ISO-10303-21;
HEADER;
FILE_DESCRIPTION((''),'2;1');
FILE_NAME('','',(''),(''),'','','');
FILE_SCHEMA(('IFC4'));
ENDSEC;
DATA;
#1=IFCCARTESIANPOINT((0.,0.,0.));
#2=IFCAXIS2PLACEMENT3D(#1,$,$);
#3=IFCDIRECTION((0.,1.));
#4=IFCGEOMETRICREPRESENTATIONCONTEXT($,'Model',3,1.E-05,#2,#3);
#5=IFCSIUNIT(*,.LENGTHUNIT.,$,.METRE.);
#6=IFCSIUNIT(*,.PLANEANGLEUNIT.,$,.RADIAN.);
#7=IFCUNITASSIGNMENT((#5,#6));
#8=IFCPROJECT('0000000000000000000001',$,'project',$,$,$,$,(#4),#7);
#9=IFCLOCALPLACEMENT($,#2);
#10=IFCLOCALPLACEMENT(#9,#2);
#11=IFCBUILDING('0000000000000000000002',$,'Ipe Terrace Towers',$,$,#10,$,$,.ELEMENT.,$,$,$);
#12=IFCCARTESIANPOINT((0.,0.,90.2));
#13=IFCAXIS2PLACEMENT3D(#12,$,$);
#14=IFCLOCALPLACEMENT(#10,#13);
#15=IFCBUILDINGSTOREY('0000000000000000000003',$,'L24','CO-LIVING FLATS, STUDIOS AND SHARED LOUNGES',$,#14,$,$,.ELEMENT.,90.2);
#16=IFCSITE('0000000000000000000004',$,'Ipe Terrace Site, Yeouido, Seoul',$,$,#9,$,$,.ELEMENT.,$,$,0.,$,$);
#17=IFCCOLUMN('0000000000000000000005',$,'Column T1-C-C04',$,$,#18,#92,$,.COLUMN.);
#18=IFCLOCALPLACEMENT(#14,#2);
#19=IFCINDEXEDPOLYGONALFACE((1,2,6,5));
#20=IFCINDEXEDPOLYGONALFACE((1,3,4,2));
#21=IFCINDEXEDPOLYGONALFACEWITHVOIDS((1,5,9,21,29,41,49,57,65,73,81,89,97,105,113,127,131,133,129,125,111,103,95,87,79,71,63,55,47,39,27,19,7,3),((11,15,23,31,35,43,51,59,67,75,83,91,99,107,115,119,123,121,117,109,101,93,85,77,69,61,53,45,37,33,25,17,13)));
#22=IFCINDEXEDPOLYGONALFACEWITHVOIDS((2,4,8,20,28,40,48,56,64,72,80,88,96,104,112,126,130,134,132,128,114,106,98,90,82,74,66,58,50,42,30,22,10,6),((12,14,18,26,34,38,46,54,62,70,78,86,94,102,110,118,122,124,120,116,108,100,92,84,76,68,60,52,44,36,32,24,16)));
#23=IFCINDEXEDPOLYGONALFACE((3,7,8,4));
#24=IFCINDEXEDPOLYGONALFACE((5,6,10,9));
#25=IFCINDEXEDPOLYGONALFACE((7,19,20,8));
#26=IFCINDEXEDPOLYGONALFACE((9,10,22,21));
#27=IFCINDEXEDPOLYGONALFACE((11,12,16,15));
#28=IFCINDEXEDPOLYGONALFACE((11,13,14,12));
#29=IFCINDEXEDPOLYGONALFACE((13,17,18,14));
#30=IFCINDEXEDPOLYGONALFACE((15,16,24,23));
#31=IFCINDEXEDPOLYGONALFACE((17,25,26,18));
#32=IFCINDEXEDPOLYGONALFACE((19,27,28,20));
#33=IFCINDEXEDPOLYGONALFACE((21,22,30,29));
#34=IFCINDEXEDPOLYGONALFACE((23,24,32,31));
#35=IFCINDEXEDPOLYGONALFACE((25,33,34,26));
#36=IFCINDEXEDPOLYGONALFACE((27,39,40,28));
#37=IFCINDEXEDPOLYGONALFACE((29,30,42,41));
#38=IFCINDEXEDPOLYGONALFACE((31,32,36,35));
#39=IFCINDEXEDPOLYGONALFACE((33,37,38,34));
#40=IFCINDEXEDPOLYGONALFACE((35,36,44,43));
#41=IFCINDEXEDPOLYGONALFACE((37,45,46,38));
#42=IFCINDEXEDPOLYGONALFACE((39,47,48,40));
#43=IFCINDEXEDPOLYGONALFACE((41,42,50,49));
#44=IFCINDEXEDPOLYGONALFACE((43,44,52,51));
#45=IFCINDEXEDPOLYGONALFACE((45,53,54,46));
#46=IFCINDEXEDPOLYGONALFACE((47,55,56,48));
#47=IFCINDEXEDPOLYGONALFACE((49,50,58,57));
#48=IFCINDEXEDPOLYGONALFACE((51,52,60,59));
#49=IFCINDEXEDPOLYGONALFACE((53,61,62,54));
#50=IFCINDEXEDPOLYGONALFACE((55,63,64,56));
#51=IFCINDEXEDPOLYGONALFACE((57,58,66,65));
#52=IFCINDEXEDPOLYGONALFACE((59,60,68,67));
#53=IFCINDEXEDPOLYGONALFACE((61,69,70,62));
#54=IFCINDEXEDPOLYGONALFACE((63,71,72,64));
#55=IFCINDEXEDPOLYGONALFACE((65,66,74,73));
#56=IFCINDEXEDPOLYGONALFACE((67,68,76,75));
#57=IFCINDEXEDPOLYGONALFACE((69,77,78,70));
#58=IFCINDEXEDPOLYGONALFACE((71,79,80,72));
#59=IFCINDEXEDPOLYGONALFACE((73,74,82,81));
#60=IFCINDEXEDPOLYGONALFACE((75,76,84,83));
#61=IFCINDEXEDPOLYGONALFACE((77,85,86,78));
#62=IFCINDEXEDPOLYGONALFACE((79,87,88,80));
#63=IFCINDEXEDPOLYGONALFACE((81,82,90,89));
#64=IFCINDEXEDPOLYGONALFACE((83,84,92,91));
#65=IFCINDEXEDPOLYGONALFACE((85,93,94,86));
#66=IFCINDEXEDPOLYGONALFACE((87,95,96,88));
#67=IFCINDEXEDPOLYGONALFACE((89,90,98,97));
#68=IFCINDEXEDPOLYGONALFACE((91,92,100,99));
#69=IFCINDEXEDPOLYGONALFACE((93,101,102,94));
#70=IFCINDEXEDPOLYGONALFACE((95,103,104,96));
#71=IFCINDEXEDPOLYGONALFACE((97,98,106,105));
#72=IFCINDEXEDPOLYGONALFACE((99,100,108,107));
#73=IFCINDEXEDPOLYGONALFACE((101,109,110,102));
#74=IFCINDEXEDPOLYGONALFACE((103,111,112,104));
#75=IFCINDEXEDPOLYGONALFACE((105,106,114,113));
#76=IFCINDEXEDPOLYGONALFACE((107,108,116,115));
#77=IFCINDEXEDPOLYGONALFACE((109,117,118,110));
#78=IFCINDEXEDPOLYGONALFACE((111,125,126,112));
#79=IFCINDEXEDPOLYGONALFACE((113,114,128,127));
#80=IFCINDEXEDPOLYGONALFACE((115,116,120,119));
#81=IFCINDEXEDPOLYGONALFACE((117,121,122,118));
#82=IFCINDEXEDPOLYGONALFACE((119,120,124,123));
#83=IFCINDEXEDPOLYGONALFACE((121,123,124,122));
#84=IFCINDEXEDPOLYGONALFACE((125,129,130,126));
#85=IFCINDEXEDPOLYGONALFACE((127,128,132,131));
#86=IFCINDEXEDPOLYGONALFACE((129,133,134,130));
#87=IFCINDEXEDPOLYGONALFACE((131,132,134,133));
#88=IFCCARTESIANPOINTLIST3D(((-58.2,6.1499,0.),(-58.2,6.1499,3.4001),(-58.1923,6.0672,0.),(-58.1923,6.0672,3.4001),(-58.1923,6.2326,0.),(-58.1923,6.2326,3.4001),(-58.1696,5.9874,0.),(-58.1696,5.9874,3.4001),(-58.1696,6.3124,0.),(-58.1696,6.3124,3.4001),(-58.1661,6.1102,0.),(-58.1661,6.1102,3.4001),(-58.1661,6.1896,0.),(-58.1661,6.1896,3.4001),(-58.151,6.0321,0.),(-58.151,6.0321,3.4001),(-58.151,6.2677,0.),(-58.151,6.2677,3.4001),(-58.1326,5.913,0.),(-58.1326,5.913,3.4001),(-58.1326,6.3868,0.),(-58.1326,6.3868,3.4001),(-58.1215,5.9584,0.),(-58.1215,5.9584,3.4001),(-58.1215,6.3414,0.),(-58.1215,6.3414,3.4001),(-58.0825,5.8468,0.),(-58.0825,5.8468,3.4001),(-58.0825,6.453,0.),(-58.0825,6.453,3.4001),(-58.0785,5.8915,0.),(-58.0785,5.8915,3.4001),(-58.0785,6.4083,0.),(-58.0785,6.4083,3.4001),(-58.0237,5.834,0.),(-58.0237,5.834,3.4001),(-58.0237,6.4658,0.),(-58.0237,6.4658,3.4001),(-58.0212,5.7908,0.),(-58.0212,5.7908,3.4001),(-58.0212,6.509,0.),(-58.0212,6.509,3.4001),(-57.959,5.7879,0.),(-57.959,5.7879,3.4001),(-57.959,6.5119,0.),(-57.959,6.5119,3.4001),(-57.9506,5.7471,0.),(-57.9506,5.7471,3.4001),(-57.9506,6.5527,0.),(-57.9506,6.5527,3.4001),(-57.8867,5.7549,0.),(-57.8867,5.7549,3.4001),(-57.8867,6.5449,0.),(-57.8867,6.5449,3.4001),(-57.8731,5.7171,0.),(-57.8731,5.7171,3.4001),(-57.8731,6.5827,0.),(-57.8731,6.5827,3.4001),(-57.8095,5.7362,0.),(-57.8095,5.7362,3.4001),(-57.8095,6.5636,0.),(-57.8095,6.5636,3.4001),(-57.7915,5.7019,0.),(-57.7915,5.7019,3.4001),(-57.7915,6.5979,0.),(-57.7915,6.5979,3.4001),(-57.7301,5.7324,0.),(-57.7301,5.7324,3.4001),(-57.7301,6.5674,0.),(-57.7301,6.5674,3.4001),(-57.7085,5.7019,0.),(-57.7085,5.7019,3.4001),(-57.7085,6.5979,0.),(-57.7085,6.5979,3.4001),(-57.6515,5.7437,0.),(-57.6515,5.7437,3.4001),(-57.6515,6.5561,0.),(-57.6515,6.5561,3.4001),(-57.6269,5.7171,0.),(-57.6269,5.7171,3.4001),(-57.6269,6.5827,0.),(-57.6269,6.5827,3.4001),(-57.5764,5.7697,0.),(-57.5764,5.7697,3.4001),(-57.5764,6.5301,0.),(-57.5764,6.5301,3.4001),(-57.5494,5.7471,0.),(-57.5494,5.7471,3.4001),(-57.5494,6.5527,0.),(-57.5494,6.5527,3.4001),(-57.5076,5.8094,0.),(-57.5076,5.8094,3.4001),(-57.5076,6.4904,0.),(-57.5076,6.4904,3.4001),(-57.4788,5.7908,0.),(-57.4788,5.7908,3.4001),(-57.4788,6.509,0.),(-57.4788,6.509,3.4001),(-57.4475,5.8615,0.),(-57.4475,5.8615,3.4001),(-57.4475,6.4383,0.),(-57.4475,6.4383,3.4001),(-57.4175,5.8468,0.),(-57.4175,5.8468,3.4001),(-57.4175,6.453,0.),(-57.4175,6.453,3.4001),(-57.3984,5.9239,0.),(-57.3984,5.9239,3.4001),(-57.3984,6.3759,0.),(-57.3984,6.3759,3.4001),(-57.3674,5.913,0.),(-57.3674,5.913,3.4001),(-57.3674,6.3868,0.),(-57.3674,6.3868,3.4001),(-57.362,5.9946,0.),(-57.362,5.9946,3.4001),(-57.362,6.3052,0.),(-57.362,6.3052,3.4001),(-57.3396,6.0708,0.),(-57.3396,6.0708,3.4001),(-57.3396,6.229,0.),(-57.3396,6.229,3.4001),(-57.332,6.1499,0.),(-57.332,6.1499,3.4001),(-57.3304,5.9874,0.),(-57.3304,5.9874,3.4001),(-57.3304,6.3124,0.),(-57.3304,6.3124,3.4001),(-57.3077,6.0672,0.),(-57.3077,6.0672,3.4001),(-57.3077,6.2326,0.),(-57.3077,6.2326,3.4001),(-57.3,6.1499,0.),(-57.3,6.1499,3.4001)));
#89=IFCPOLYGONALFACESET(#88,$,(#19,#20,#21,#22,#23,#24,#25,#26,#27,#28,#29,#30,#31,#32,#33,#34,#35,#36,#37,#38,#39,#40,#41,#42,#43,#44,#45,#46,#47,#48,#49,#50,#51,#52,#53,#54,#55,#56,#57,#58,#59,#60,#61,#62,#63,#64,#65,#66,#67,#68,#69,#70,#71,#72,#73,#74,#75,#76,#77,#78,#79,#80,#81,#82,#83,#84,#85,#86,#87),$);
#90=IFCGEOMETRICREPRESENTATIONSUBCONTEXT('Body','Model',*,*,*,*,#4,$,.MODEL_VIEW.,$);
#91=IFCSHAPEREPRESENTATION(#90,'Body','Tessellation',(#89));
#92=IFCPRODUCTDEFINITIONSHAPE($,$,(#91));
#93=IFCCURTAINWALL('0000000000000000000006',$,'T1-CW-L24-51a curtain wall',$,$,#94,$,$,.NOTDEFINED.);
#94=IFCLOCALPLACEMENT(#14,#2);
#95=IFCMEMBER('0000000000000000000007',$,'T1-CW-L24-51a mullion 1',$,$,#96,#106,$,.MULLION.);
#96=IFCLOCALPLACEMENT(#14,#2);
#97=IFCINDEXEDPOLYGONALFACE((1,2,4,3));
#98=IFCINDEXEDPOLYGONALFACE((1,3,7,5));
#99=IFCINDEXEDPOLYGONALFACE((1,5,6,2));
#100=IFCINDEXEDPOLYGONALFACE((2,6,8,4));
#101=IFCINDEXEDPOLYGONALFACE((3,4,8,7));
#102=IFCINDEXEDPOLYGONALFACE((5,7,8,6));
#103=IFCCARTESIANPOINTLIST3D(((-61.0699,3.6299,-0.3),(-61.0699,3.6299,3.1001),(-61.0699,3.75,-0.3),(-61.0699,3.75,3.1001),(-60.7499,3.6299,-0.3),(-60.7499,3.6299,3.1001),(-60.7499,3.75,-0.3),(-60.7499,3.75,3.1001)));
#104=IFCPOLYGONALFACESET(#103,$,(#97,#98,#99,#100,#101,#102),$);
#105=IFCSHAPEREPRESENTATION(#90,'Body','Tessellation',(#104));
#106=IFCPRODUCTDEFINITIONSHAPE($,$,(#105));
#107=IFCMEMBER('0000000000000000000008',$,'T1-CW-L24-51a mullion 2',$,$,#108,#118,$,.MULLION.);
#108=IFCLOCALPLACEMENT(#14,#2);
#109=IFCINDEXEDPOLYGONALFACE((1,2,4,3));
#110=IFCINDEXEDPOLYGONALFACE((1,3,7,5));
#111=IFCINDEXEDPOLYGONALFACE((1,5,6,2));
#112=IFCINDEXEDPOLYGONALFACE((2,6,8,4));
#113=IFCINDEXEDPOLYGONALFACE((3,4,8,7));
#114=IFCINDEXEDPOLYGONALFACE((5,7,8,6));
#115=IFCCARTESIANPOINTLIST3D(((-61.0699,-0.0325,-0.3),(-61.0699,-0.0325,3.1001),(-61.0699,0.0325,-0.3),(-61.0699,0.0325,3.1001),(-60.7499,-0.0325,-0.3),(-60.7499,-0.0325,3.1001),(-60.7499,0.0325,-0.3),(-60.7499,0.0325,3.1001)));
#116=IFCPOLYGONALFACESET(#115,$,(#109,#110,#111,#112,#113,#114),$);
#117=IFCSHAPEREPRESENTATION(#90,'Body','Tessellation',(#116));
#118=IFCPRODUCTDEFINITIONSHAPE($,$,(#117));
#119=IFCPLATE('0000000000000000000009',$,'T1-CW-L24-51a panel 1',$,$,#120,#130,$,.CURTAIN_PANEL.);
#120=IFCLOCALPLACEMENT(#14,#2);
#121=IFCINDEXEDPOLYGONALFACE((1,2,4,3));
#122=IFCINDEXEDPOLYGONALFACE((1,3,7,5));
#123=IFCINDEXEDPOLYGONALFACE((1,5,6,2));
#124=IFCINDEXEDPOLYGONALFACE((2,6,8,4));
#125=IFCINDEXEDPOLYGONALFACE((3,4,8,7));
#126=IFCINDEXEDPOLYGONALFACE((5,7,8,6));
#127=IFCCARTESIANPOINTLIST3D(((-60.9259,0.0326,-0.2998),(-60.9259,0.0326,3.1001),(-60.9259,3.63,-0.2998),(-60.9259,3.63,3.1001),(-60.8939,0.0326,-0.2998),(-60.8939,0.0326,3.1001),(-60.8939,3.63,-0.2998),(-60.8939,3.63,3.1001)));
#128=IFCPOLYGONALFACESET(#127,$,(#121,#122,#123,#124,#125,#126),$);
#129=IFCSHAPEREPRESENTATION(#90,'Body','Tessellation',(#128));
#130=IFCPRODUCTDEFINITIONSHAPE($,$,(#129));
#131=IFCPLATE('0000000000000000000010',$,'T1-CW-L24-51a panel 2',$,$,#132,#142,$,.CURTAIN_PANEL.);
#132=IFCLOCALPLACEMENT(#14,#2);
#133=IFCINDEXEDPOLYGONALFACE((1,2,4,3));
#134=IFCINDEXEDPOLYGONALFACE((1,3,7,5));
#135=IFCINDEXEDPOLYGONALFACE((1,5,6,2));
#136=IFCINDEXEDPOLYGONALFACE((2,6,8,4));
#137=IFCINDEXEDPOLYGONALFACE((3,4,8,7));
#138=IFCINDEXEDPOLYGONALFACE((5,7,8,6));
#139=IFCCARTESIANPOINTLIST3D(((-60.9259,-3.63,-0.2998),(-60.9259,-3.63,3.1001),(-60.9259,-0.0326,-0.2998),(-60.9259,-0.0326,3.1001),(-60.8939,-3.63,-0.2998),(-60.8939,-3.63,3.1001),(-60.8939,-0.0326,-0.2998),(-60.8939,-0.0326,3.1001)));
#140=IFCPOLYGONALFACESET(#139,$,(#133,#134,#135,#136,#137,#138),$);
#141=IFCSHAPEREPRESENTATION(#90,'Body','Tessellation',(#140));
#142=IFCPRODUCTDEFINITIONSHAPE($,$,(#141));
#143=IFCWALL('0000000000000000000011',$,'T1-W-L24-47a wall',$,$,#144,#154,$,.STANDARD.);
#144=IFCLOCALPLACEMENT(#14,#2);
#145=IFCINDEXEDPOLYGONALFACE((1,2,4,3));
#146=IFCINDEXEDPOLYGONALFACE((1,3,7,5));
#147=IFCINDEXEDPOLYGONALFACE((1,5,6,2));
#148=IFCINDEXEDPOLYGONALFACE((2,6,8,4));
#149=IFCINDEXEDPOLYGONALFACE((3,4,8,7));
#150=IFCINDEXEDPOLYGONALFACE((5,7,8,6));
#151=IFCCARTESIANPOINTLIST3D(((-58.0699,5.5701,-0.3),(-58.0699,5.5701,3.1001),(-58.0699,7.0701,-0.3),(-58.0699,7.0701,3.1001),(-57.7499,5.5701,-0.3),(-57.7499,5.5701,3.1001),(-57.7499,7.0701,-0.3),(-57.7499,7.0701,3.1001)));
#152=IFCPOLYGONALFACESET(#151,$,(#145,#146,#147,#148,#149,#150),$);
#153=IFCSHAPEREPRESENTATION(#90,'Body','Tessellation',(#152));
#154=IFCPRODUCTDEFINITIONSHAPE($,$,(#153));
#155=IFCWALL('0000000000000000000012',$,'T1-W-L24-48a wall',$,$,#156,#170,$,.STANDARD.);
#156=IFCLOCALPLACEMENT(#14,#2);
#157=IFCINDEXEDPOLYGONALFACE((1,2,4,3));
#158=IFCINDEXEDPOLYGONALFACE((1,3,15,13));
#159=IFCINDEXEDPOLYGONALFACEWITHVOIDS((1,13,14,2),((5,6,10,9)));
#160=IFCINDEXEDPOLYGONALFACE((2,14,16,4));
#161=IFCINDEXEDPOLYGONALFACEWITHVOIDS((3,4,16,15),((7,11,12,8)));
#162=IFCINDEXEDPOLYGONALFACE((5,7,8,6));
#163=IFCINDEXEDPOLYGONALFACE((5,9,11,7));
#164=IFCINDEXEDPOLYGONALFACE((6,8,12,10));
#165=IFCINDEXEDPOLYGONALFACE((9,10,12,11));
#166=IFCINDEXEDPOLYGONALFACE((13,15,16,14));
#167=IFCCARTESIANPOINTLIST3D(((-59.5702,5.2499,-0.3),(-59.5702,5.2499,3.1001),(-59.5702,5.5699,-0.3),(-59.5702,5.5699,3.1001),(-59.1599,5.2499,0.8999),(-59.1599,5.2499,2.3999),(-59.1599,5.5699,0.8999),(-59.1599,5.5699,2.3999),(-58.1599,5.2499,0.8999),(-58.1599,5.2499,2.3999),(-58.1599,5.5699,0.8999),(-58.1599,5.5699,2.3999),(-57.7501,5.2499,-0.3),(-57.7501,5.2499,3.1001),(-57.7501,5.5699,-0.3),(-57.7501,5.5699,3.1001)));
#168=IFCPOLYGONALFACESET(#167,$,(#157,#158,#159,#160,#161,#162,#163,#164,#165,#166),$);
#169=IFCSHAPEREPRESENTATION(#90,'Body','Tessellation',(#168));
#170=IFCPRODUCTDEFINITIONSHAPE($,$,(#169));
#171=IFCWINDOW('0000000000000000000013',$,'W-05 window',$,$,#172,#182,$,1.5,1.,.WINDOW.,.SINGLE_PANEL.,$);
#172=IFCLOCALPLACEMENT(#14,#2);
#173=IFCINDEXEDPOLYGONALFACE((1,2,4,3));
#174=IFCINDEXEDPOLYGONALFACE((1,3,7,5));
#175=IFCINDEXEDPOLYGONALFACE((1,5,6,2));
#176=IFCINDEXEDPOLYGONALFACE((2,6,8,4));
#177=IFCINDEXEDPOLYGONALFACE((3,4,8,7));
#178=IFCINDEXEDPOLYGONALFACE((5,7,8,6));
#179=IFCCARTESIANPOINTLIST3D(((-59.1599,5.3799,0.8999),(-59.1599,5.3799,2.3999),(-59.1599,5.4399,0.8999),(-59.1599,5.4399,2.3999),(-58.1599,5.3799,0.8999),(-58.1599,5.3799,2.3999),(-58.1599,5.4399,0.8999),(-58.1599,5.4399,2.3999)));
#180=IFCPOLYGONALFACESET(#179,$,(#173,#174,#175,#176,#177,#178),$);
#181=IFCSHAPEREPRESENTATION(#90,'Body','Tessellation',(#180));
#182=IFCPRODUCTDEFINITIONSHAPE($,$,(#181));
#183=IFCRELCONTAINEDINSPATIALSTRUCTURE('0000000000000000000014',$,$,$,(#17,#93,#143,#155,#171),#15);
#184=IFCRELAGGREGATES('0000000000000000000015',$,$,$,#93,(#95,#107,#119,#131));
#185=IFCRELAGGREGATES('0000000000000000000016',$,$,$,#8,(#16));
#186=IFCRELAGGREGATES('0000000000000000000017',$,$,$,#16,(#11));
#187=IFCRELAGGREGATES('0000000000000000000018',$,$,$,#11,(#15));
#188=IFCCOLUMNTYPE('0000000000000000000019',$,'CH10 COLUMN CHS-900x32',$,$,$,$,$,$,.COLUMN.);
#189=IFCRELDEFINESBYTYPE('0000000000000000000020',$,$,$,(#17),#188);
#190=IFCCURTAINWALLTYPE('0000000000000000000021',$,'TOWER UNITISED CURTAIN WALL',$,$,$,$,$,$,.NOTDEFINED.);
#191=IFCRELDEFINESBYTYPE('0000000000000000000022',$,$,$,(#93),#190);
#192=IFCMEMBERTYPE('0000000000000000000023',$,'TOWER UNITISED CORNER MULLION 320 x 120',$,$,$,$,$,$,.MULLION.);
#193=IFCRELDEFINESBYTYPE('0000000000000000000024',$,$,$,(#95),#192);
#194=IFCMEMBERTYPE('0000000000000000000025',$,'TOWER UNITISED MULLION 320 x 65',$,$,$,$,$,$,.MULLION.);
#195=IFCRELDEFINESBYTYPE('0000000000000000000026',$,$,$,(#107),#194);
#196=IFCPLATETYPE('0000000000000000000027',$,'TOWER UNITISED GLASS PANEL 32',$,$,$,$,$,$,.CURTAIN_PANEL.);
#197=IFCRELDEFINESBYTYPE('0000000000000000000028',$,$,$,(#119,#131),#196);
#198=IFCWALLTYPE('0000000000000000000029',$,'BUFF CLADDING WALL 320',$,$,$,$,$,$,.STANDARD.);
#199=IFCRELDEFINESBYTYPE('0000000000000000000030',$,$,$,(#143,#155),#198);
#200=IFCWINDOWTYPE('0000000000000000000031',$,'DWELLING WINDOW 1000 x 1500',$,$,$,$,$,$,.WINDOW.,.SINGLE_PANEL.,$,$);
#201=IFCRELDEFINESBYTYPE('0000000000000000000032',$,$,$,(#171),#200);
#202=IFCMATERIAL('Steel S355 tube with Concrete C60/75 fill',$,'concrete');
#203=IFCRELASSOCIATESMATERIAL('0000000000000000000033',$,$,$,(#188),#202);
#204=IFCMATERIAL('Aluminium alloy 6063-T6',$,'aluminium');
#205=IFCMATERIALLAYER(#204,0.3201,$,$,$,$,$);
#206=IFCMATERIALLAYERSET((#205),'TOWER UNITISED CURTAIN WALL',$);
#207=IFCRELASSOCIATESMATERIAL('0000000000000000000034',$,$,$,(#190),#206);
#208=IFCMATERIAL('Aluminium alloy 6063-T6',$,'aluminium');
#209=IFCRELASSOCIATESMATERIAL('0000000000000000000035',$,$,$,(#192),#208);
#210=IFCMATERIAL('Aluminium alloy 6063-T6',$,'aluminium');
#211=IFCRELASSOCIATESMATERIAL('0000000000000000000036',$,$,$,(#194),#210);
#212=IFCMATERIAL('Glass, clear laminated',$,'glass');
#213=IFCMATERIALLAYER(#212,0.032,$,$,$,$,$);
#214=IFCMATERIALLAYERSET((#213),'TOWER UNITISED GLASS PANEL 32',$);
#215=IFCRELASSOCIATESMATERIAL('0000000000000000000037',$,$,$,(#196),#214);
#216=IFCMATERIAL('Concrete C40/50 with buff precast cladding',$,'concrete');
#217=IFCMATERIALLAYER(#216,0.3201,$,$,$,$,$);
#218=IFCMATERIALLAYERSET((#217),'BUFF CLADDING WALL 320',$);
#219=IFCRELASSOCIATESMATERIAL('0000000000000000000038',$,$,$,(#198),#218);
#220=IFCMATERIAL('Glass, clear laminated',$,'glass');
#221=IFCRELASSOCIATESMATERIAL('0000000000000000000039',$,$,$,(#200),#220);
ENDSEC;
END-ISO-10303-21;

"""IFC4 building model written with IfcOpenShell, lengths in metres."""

from ifc_helpers import new_model, si_unit, direction, frame, frame_2d, origin, origin_2d, place, context, subcontext, project, spatial, rectangle, hollow_circle, extrude, material, layer, layer_set, material_profile, profile_set, type_object, element, fill, aggregate, save


model = new_model("IFC4")

# Units and contexts
model_context = context("Model", 3, precision=1e-05, world=origin(), true_north=direction((0.0, 1.0)))
body_context = subcontext(model_context, "Body", "Model", "MODEL_VIEW")
ifc_project = project(units=[si_unit("LENGTHUNIT", "METRE"), si_unit("PLANEANGLEUNIT", "RADIAN")], contexts=[model_context])

# Site, building, storey
site_placement = place(None, origin())
site = spatial("IfcSite", under=ifc_project, at=site_placement, Name="Ipe Terrace Site, Yeouido, Seoul", CompositionType="ELEMENT", RefElevation=0.0)
building_placement = place(site_placement, origin())
building = spatial("IfcBuilding", under=site, at=building_placement, Name="Ipe Terrace Towers", CompositionType="ELEMENT")
storey_placement = place(building_placement, frame((0.0, 0.0, 90.2)))
storey = spatial("IfcBuildingStorey", under=building, at=storey_placement, Name="L24", Description="CO-LIVING FLATS, STUDIOS AND SHARED LOUNGES", CompositionType="ELEMENT", Elevation=90.2)

# Column
ifc_material_1 = material(Name="Steel S355 tube with Concrete C60/75 fill", Category="concrete")
ifc_material_profile_1 = material_profile(ifc_material_1, hollow_circle(Radius=0.45, WallThickness=0.032, at=origin_2d()), Name="CHS-900x32")
ifc_profile_set_1 = profile_set([ifc_material_profile_1], Name="Steel S355 tube with Concrete C60/75 fill")
column_type = type_object("IfcColumnType", Name="CH10 COLUMN CHS-900x32", PredefinedType="COLUMN", material=ifc_profile_set_1)
column_placement = place(storey_placement, frame((-57.75, 6.1499, 0.0), z_axis=(0.0, 0.0, 1.0), x_axis=(1.0, 0.0, 0.0)))
element("IfcColumn", 1, at=column_placement, inside=storey, type_object=column_type, Name="Column T1-C-C04", PredefinedType="COLUMN", context=body_context, shape_type="SweptSolid", body=[
    extrude(hollow_circle(Radius=0.45, WallThickness=0.032, at=origin_2d()), origin(), (0.0, 0.0, 1.0), 3.4001),
])

# Curtain wall, members, plates
ifc_material_2 = material(Name="Aluminium alloy 6063-T6", Category="aluminium")
ifc_layer_1 = layer(ifc_material_2, 0.3201)
ifc_layer_set_1 = layer_set([ifc_layer_1], Name="TOWER UNITISED CURTAIN WALL")
curtain_wall_type = type_object("IfcCurtainWallType", Name="TOWER UNITISED CURTAIN WALL", PredefinedType="NOTDEFINED", material=ifc_layer_set_1)
curtain_wall_placement = place(storey_placement, origin())
curtain_wall = element("IfcCurtainWall", 2, at=curtain_wall_placement, inside=storey, type_object=curtain_wall_type, Name="T1-CW-L24-51a curtain wall", PredefinedType="NOTDEFINED")
ifc_material_3 = material(Name="Aluminium alloy 6063-T6", Category="aluminium")
ifc_material_profile_2 = material_profile(ifc_material_3, rectangle(XDim=0.3201, YDim=0.1201, at=origin_2d()), Name="TOWER UNITISED CORNER MULLION 320 x 120")
ifc_profile_set_2 = profile_set([ifc_material_profile_2], Name="Aluminium alloy 6063-T6")
member_type_1 = type_object("IfcMemberType", Name="TOWER UNITISED CORNER MULLION 320 x 120", PredefinedType="MULLION", material=ifc_profile_set_2)
member_1_placement = place(storey_placement, frame((-60.9099, 3.6899, -0.3), z_axis=(0.0, 0.0, 1.0), x_axis=(-1.0, 0.0, 0.0)))
member_1 = element("IfcMember", 3, at=member_1_placement, type_object=member_type_1, Name="T1-CW-L24-51a mullion 1", PredefinedType="MULLION", context=body_context, shape_type="SweptSolid", body=[
    extrude(rectangle(XDim=0.3201, YDim=0.1201, at=origin_2d()), origin(), (0.0, 0.0, 1.0), 3.4001),
])
ifc_material_4 = material(Name="Aluminium alloy 6063-T6", Category="aluminium")
ifc_material_profile_3 = material_profile(ifc_material_4, rectangle(XDim=0.3201, YDim=0.0649, at=origin_2d()), Name="TOWER UNITISED MULLION 320 x 65")
ifc_profile_set_3 = profile_set([ifc_material_profile_3], Name="Aluminium alloy 6063-T6")
member_type_2 = type_object("IfcMemberType", Name="TOWER UNITISED MULLION 320 x 65", PredefinedType="MULLION", material=ifc_profile_set_3)
member_2_placement = place(storey_placement, frame((-60.9099, 0.0, -0.3), z_axis=(0.0, 0.0, 1.0), x_axis=(-1.0, 0.0, 0.0)))
member_2 = element("IfcMember", 4, at=member_2_placement, type_object=member_type_2, Name="T1-CW-L24-51a mullion 2", PredefinedType="MULLION", context=body_context, shape_type="SweptSolid", body=[
    extrude(rectangle(XDim=0.3201, YDim=0.0649, at=origin_2d()), origin(), (0.0, 0.0, 1.0), 3.4001),
])
ifc_material_5 = material(Name="Glass, clear laminated", Category="glass")
ifc_layer_2 = layer(ifc_material_5, 0.032)
ifc_layer_set_2 = layer_set([ifc_layer_2], Name="TOWER UNITISED GLASS PANEL 32")
plate_type = type_object("IfcPlateType", Name="TOWER UNITISED GLASS PANEL 32", PredefinedType="CURTAIN_PANEL", material=ifc_layer_set_2)
plate_1_placement = place(storey_placement, frame((-60.9099, 1.8313, -0.2998), z_axis=(0.0, 0.0, 1.0), x_axis=(0.0, -1.0, 0.0)))
plate_1 = element("IfcPlate", 5, at=plate_1_placement, type_object=plate_type, Name="T1-CW-L24-51a panel 1", PredefinedType="CURTAIN_PANEL", context=body_context, shape_type="SweptSolid", body=[
    extrude(rectangle(XDim=3.5974, YDim=0.032, at=origin_2d()), origin(), (0.0, 0.0, 1.0), 3.3999),
])
plate_2_placement = place(storey_placement, frame((-60.9099, -1.8313, -0.2998), z_axis=(0.0, 0.0, 1.0), x_axis=(0.0, -1.0, 0.0)))
plate_2 = element("IfcPlate", 6, at=plate_2_placement, type_object=plate_type, Name="T1-CW-L24-51a panel 2", PredefinedType="CURTAIN_PANEL", context=body_context, shape_type="SweptSolid", body=[
    extrude(rectangle(XDim=3.5974, YDim=0.032, at=origin_2d()), origin(), (0.0, 0.0, 1.0), 3.3999),
])
aggregate(curtain_wall, [member_1, member_2, plate_1, plate_2])

# Wall
ifc_material_6 = material(Name="Concrete C40/50 with buff precast cladding", Category="concrete")
ifc_layer_3 = layer(ifc_material_6, 0.3201)
ifc_layer_set_3 = layer_set([ifc_layer_3], Name="BUFF CLADDING WALL 320")
wall_type_1 = type_object("IfcWallType", Name="BUFF CLADDING WALL 320", PredefinedType="STANDARD", material=ifc_layer_set_3)
wall_1_placement = place(storey_placement, frame((-57.9099, 7.0701, -0.3), z_axis=(0.0, 0.0, 1.0), x_axis=(0.0, -1.0, 0.0)))
element("IfcWall", 7, at=wall_1_placement, inside=storey, type_object=wall_type_1, Name="T1-W-L24-47a wall", PredefinedType="STANDARD", context=body_context, shape_type="SweptSolid", body=[
    extrude(rectangle(XDim=1.5, YDim=0.3201, at=frame_2d((0.75, 0.0))), origin(), (0.0, 0.0, 1.0), 3.4001),
])

# Wall, opening, window
wall_2_placement = place(storey_placement, frame((-57.75, 5.4099, -0.3), z_axis=(0.0, 0.0, 1.0), x_axis=(-1.0, 0.0, 0.0)))
wall_2 = element("IfcWall", 8, at=wall_2_placement, inside=storey, type_object=wall_type_1, Name="T1-W-L24-48a wall", PredefinedType="STANDARD", context=body_context, shape_type="SweptSolid", body=[
    extrude(rectangle(XDim=1.8201, YDim=0.3201, at=frame_2d((0.9102, 0.0))), origin(), (0.0, 0.0, 1.0), 3.4001),
])
opening_1_placement = place(wall_2_placement, frame((0.4099, 0.0, 1.2)))
opening_1 = element("IfcOpeningElement", 9, at=opening_1_placement, cuts=wall_2, PredefinedType="OPENING", context=body_context, shape_type="SweptSolid", body=[
    extrude(rectangle(XDim=1.0, YDim=1.5, at=frame_2d((0.5, 0.75))), frame((0.0, 0.1699, 0.0), z_axis=(0.0, -1.0, 0.0), x_axis=(1.0, 0.0, 0.0)), (0.0, 0.0, 1.0), 0.3401),
])
ifc_material_7 = material(Name="Glass, clear laminated", Category="glass")
window_type = type_object("IfcWindowType", Name="DWELLING WINDOW 1000 x 1500", PartitioningType="SINGLE_PANEL", PredefinedType="WINDOW", material=ifc_material_7)
window_placement = place(opening_1_placement, origin())
window = element("IfcWindow", 10, at=window_placement, inside=storey, type_object=window_type, Name="W-05 window", OverallHeight=1.5, OverallWidth=1.0, PartitioningType="SINGLE_PANEL", PredefinedType="WINDOW", context=body_context, shape_type="SweptSolid", body=[
    extrude(rectangle(XDim=1.0, YDim=1.5, at=frame_2d((0.5, 0.75))), frame((0.0, 0.03, 0.0), z_axis=(0.0, -1.0, 0.0), x_axis=(1.0, 0.0, 0.0)), (0.0, 0.0, 1.0), 0.0601),
])
fill(opening_1, window)

save(model, "model.ifc")
